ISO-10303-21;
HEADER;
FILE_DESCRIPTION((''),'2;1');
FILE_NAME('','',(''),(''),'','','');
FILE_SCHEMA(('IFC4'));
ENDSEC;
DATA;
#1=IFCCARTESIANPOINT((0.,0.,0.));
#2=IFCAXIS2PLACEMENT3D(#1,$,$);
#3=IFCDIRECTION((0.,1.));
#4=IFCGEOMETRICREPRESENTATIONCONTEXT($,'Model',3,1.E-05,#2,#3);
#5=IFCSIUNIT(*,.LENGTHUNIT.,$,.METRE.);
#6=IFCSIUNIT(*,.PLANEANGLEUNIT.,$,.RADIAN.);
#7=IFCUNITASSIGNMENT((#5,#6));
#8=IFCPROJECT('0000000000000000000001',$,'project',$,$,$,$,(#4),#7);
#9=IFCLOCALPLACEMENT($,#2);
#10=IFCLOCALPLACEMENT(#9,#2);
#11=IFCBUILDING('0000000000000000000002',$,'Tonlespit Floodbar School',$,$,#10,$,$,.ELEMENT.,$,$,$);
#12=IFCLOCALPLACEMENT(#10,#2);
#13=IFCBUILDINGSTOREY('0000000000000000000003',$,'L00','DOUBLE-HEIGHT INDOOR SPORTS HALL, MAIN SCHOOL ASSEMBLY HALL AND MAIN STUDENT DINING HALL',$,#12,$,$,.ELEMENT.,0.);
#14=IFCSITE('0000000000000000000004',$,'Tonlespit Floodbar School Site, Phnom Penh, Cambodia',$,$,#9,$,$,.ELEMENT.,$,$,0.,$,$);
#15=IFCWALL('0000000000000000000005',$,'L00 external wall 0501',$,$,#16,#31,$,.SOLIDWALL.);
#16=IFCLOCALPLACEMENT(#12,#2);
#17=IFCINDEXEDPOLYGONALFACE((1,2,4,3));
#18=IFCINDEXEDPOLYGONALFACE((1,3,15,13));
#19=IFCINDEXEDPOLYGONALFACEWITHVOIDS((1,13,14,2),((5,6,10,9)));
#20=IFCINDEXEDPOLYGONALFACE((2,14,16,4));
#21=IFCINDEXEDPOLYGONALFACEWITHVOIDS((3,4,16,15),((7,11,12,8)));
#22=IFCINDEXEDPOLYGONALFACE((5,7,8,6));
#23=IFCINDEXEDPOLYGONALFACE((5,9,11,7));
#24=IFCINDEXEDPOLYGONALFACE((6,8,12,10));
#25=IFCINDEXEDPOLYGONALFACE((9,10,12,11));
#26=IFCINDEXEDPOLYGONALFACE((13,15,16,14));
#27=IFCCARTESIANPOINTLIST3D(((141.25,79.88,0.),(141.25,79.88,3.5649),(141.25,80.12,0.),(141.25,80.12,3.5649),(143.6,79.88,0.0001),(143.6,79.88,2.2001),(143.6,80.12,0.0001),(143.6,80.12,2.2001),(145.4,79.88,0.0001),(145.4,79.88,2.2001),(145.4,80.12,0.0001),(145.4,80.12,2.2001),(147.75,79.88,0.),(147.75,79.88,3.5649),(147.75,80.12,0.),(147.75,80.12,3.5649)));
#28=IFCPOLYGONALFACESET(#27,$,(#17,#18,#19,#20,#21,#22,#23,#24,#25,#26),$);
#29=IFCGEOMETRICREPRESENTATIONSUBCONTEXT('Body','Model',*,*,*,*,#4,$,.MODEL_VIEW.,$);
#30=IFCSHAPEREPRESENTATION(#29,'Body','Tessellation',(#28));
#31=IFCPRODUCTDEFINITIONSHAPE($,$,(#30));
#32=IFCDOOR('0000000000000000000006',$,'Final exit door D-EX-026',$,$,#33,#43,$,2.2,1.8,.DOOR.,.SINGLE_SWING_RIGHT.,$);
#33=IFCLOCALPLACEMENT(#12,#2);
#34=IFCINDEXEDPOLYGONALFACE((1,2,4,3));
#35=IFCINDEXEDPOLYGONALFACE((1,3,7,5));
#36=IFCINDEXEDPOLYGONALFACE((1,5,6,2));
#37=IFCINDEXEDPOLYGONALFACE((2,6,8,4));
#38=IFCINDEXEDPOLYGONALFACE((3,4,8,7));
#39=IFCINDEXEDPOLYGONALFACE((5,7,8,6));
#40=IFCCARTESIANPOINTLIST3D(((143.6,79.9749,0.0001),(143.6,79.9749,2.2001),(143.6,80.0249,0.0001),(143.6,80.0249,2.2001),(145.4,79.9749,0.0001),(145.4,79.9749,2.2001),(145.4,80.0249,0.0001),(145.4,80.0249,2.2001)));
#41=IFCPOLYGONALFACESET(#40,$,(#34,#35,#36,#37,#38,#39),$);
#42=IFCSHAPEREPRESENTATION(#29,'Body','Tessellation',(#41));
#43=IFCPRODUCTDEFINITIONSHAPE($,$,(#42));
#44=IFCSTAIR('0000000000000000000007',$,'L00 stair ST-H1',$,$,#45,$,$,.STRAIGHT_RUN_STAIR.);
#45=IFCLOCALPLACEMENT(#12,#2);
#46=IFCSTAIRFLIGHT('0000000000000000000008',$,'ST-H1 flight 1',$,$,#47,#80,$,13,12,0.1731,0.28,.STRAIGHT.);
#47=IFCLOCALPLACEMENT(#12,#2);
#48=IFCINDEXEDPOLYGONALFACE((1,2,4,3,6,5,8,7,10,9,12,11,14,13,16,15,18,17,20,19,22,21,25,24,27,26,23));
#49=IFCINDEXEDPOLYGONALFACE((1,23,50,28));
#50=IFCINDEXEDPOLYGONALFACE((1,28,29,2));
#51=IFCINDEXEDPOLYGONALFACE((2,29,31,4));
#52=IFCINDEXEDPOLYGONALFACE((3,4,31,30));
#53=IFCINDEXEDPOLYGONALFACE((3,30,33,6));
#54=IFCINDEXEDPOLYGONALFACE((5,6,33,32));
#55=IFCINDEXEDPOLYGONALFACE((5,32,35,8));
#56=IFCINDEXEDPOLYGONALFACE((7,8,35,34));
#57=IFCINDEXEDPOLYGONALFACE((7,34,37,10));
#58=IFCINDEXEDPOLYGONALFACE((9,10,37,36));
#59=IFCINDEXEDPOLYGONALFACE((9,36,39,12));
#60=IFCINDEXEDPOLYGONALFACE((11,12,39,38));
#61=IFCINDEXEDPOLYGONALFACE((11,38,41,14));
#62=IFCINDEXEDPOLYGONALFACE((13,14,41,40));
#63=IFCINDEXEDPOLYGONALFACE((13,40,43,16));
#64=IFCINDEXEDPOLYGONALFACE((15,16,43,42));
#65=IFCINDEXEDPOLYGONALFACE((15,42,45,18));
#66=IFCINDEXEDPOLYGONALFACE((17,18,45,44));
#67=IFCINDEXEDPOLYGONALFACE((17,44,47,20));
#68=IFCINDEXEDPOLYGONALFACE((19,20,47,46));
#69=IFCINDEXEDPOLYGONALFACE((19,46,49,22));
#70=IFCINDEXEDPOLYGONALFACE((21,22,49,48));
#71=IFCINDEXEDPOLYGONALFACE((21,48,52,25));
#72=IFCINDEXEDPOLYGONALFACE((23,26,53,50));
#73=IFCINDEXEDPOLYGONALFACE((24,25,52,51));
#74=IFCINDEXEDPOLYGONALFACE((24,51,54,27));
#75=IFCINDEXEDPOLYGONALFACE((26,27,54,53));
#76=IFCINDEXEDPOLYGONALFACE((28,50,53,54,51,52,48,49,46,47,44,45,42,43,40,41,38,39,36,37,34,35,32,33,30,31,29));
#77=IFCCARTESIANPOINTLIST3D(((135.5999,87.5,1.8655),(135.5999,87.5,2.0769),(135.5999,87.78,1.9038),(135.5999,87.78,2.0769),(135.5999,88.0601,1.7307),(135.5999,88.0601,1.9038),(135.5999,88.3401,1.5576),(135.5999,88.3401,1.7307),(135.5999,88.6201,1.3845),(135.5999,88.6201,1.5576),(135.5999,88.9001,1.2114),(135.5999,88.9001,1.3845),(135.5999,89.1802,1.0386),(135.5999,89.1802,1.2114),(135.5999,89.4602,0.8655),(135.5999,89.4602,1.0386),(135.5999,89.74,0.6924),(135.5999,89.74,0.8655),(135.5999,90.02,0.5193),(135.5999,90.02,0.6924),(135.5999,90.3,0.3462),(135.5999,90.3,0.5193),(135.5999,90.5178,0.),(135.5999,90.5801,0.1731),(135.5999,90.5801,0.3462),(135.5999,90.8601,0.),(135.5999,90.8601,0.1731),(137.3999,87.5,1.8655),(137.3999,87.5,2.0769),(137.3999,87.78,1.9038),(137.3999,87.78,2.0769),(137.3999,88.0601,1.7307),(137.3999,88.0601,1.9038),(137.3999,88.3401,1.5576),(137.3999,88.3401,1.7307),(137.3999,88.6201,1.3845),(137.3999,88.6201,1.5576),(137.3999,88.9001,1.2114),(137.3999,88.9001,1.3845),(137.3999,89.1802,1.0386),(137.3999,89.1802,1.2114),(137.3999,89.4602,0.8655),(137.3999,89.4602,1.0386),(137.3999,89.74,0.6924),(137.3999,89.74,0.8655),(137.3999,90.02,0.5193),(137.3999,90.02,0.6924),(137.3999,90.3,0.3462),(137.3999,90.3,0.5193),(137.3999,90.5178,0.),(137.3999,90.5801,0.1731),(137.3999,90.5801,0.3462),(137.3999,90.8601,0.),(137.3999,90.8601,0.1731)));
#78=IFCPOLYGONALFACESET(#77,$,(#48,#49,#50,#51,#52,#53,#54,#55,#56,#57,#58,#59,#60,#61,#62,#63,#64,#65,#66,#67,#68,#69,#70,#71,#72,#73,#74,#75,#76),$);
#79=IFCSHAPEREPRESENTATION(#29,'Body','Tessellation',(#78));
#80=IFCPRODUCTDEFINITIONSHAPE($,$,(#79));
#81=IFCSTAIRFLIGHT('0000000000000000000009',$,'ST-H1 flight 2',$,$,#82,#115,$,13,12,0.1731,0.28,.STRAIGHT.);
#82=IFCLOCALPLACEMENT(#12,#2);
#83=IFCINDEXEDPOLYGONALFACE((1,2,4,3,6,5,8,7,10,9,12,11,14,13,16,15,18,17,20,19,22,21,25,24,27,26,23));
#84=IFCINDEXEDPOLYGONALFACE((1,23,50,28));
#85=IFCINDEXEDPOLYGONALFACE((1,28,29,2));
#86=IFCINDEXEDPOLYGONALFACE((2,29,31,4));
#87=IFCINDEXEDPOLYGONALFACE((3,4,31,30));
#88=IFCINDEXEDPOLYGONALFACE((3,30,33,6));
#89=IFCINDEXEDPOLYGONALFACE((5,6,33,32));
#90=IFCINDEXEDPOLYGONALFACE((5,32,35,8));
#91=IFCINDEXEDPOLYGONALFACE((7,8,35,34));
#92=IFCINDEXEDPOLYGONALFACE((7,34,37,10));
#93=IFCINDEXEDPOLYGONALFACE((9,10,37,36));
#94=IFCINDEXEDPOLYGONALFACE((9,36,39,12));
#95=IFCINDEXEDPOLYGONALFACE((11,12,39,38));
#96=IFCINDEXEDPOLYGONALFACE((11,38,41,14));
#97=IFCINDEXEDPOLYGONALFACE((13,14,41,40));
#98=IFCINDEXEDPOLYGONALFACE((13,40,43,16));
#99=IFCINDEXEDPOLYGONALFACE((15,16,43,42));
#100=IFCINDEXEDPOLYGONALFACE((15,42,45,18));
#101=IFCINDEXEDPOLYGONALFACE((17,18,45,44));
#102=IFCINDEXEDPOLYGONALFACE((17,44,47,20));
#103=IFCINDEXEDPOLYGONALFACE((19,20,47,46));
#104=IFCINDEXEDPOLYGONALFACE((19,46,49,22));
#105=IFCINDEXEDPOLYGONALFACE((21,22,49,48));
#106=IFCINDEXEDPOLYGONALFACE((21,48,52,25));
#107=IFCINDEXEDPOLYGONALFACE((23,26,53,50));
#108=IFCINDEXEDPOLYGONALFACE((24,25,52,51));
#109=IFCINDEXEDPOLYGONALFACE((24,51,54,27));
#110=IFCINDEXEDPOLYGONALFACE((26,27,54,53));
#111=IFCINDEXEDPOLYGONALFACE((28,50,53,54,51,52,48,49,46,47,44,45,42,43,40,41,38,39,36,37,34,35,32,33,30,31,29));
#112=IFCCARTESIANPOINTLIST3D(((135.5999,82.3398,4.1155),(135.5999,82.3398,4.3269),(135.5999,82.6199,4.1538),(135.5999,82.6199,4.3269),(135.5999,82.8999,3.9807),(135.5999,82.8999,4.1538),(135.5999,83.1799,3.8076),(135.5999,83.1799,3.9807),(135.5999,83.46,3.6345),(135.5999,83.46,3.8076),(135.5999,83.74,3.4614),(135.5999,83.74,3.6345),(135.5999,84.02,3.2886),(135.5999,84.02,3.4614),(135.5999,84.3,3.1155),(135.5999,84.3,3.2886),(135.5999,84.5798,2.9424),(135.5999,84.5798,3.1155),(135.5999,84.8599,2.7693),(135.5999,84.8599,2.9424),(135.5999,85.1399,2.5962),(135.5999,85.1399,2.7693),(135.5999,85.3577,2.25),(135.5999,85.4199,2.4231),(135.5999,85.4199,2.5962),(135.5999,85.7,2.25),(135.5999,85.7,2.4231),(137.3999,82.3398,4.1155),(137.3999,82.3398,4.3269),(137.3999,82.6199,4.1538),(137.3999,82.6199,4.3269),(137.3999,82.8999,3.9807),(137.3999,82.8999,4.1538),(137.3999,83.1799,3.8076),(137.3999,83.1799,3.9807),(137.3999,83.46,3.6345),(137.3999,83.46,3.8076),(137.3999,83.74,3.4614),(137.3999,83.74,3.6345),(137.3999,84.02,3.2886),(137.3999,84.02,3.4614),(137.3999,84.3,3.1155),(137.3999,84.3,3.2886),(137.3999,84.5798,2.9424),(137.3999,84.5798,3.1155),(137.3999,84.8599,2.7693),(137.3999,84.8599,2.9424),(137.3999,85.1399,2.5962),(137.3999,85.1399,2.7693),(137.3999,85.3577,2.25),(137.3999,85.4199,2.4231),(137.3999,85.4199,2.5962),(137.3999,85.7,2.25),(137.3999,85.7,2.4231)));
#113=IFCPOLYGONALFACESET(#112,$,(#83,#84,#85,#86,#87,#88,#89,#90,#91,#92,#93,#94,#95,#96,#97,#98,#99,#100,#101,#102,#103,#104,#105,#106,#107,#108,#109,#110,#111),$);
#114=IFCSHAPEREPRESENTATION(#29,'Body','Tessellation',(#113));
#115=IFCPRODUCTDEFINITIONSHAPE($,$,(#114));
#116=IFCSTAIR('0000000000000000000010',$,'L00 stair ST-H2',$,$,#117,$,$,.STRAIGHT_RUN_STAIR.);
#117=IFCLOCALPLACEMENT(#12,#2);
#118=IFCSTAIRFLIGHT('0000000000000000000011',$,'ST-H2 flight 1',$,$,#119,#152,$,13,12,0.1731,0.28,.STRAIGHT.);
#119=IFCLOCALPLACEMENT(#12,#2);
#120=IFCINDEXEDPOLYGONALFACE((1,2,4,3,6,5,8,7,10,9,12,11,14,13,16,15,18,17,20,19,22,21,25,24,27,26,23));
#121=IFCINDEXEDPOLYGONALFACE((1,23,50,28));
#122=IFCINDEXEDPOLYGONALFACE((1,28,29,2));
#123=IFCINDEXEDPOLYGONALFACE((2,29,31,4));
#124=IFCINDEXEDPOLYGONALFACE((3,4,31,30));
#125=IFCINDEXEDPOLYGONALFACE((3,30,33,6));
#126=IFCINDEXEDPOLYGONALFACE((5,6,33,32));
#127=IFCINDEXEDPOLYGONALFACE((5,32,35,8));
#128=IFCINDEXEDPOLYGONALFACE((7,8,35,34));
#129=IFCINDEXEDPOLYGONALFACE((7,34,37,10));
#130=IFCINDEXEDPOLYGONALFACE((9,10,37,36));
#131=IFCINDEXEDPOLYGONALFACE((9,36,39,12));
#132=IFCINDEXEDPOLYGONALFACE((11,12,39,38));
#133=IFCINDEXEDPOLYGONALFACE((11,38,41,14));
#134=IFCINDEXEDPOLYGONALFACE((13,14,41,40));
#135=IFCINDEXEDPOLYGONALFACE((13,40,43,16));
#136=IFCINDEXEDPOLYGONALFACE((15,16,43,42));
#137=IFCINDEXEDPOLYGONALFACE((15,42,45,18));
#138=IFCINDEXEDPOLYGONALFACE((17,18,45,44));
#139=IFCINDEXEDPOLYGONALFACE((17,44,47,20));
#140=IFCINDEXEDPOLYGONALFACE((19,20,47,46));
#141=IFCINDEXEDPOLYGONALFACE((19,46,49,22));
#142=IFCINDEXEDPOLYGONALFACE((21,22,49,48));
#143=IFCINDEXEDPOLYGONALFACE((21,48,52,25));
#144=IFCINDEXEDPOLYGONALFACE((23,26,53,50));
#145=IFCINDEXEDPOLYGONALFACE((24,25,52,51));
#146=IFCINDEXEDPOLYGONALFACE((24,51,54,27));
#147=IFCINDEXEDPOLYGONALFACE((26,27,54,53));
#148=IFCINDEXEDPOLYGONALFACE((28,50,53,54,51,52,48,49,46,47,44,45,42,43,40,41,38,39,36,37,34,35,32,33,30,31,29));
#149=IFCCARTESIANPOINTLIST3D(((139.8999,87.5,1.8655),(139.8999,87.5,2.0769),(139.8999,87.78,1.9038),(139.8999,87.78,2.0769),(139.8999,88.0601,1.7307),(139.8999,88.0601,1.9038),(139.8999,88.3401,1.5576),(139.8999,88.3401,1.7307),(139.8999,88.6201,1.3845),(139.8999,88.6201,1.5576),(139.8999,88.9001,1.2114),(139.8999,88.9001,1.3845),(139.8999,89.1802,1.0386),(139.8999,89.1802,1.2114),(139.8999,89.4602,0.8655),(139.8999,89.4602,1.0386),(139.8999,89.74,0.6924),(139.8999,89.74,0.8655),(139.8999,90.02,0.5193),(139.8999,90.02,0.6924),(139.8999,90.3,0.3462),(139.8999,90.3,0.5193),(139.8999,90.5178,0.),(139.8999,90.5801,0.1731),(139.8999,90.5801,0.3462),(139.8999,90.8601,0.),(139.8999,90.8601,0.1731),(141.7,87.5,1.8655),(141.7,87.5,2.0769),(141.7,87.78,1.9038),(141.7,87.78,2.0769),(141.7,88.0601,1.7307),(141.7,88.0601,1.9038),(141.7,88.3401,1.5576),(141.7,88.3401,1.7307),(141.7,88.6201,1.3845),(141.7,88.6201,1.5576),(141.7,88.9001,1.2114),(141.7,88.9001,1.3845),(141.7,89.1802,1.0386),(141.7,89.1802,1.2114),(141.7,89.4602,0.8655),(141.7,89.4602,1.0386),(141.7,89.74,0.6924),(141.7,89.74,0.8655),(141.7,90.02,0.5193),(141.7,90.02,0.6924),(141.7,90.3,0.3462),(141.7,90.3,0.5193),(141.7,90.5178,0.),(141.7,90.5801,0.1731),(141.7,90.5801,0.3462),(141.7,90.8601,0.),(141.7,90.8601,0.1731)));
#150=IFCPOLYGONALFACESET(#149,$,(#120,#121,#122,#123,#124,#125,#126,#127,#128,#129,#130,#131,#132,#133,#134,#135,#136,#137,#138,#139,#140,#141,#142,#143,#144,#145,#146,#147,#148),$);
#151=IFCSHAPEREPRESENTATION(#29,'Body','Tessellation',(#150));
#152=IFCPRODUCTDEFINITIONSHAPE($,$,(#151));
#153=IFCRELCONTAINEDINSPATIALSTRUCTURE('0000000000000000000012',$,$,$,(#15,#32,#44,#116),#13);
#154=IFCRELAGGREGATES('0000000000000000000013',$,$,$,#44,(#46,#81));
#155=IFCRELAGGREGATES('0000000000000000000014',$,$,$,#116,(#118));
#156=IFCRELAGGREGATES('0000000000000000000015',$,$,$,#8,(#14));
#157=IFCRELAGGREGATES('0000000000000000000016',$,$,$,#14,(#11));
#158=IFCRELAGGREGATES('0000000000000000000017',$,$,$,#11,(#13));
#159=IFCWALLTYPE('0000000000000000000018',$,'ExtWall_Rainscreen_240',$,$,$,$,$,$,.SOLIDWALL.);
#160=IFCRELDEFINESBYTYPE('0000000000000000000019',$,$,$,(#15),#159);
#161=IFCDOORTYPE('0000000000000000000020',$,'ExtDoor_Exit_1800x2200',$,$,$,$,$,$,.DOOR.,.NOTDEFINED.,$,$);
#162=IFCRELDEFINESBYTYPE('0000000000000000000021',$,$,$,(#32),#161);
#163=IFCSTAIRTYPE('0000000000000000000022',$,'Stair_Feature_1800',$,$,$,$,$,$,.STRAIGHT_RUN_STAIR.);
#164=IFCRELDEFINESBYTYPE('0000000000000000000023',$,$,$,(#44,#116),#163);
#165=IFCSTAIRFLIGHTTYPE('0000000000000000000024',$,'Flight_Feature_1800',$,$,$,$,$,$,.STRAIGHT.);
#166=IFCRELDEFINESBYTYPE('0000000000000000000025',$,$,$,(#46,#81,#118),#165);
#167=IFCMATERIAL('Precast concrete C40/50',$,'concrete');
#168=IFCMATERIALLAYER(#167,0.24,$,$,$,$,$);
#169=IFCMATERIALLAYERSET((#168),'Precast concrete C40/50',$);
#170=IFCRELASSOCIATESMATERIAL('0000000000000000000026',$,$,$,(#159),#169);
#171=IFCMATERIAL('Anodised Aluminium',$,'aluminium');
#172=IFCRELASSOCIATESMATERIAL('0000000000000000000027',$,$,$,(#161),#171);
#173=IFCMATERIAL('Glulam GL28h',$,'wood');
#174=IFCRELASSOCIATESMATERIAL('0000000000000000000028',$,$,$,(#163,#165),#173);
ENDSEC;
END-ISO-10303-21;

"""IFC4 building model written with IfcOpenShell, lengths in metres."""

from ifc_helpers import new_model, si_unit, direction, frame, frame_2d, origin, place, context, subcontext, project, spatial, polyline, rectangle, outline, extrude, material, layer, layer_set, type_object, element, fill, aggregate, save


model = new_model("IFC4")

# Units and contexts
model_context = context("Model", 3, precision=1e-05, world=origin(), true_north=direction((0.0, 1.0)))
body_context = subcontext(model_context, "Body", "Model", "MODEL_VIEW")
ifc_project = project(units=[si_unit("LENGTHUNIT", "METRE"), si_unit("PLANEANGLEUNIT", "RADIAN")], contexts=[model_context])

# Site, building, storey
site_placement = place(None, origin())
site = spatial("IfcSite", under=ifc_project, at=site_placement, Name="Tonlespit Floodbar School Site, Phnom Penh, Cambodia", CompositionType="ELEMENT", RefElevation=0.0)
building_placement = place(site_placement, origin())
building = spatial("IfcBuilding", under=site, at=building_placement, Name="Tonlespit Floodbar School", CompositionType="ELEMENT")
storey_placement = place(building_placement, origin())
storey = spatial("IfcBuildingStorey", under=building, at=storey_placement, Name="L00", Description="DOUBLE-HEIGHT INDOOR SPORTS HALL, MAIN SCHOOL ASSEMBLY HALL AND MAIN STUDENT DINING HALL", CompositionType="ELEMENT", Elevation=0.0)

# Shared definitions
ifc_material_1 = material(Name="Anodised Aluminium", Category="aluminium")

# Wall, opening, door
ifc_material_2 = material(Name="Precast concrete C40/50", Category="concrete")
ifc_layer_1 = layer(ifc_material_2, 0.24)
ifc_layer_set_1 = layer_set([ifc_layer_1], Name="Precast concrete C40/50")
wall_type = type_object("IfcWallType", Name="ExtWall_Rainscreen_240", PredefinedType="SOLIDWALL", material=ifc_layer_set_1)
wall_placement = place(storey_placement, frame((141.25, 80.0, 0.0), z_axis=(0.0, 0.0, 1.0), x_axis=(1.0, 0.0, 0.0)))
wall = element("IfcWall", 1, at=wall_placement, inside=storey, type_object=wall_type, Name="L00 external wall 0501", PredefinedType="SOLIDWALL", context=body_context, shape_type="SweptSolid", body=[
    extrude(rectangle(XDim=6.5, YDim=0.24, at=frame_2d((3.25, 0.0))), origin(), (0.0, 0.0, 1.0), 3.5649),
])
opening_placement = place(wall_placement, frame((2.3501, 0.0, 0.0)))
opening = element("IfcOpeningElement", 2, at=opening_placement, cuts=wall, PredefinedType="OPENING", context=body_context, shape_type="SweptSolid", body=[
    extrude(rectangle(XDim=1.8, YDim=2.2, at=frame_2d((0.8999, 1.1001))), frame((0.0, 0.1299, 0.0), z_axis=(0.0, -1.0, 0.0), x_axis=(1.0, 0.0, 0.0)), (0.0, 0.0, 1.0), 0.26),
])
door_type = type_object("IfcDoorType", Name="ExtDoor_Exit_1800x2200", OperationType="NOTDEFINED", PredefinedType="DOOR", material=ifc_material_1)
door_placement = place(opening_placement, origin())
door = element("IfcDoor", 3, at=door_placement, inside=storey, type_object=door_type, Name="Final exit door D-EX-026", OperationType="SINGLE_SWING_RIGHT", OverallHeight=2.2, OverallWidth=1.8, PredefinedType="DOOR", context=body_context, shape_type="SweptSolid", body=[
    extrude(rectangle(XDim=1.8, YDim=2.2, at=frame_2d((0.8999, 1.1001))), frame((0.0, 0.0249, 0.0), z_axis=(0.0, -1.0, 0.0), x_axis=(1.0, 0.0, 0.0)), (0.0, 0.0, 1.0), 0.05),
])
fill(opening, door)

# Stairs, stair flights
ifc_material_3 = material(Name="Glulam GL28h", Category="wood")
stair_type = type_object("IfcStairType", Name="Stair_Feature_1800", PredefinedType="STRAIGHT_RUN_STAIR", material=ifc_material_3)
stair_1_placement = place(storey_placement, origin())
stair_1 = element("IfcStair", 4, at=stair_1_placement, inside=storey, type_object=stair_type, Name="L00 stair ST-H1", PredefinedType="STRAIGHT_RUN_STAIR")
stair_flight_type = type_object("IfcStairFlightType", Name="Flight_Feature_1800", PredefinedType="STRAIGHT", material=ifc_material_3)
stair_flight_1_placement = place(storey_placement, frame((136.5, 90.8601, 0.0), z_axis=(0.0, 0.0, 1.0), x_axis=(0.0, -1.0, 0.0)))
stair_flight_1 = element("IfcStairFlight", 5, at=stair_flight_1_placement, type_object=stair_flight_type, Name="ST-H1 flight 1", NumberOfRisers=13, NumberOfTreads=12, PredefinedType="STRAIGHT", RiserHeight=0.1731, TreadLength=0.28, context=body_context, shape_type="SweptSolid", body=[
    extrude(outline(polyline([(0.0, 0.0), (0.0, 0.1731), (0.28, 0.1731), (0.28, 0.3462), (0.5601, 0.3462), (0.5601, 0.5193), (0.8401, 0.5193), (0.8401, 0.6924), (1.1201, 0.6924), (1.1201, 0.8655), (1.3999, 0.8655), (1.3999, 1.0386), (1.6799, 1.0386), (1.6799, 1.2114), (1.96, 1.2114), (1.96, 1.3845), (2.24, 1.3845), (2.24, 1.5576), (2.52, 1.5576), (2.52, 1.7307), (2.8, 1.7307), (2.8, 1.9038), (3.0801, 1.9038), (3.0801, 2.0769), (3.3601, 2.0769), (3.3601, 2.25), (3.3601, 1.8655), (0.3423, 0.0), (0.0, 0.0)])), frame((0.0, 0.8999, 0.0), z_axis=(0.0, -1.0, 0.0), x_axis=(1.0, 0.0, 0.0)), (0.0, 0.0, 1.0), 1.8),
])
stair_flight_2_placement = place(storey_placement, frame((136.5, 85.7, 2.25), z_axis=(0.0, 0.0, 1.0), x_axis=(0.0, -1.0, 0.0)))
stair_flight_2 = element("IfcStairFlight", 6, at=stair_flight_2_placement, type_object=stair_flight_type, Name="ST-H1 flight 2", NumberOfRisers=13, NumberOfTreads=12, PredefinedType="STRAIGHT", RiserHeight=0.1731, TreadLength=0.28, context=body_context, shape_type="SweptSolid", body=[
    extrude(outline(polyline([(0.0, 0.0), (0.0, 0.1731), (0.28, 0.1731), (0.28, 0.3462), (0.5601, 0.3462), (0.5601, 0.5193), (0.8401, 0.5193), (0.8401, 0.6924), (1.1201, 0.6924), (1.1201, 0.8655), (1.3999, 0.8655), (1.3999, 1.0386), (1.6799, 1.0386), (1.6799, 1.2114), (1.96, 1.2114), (1.96, 1.3845), (2.24, 1.3845), (2.24, 1.5576), (2.52, 1.5576), (2.52, 1.7307), (2.8, 1.7307), (2.8, 1.9038), (3.0801, 1.9038), (3.0801, 2.0769), (3.3601, 2.0769), (3.3601, 2.25), (3.3601, 1.8655), (0.3423, 0.0), (0.0, 0.0)])), frame((0.0, 0.8999, 0.0), z_axis=(0.0, -1.0, 0.0), x_axis=(1.0, 0.0, 0.0)), (0.0, 0.0, 1.0), 1.8),
])
aggregate(stair_1, [stair_flight_1, stair_flight_2])
stair_2_placement = place(storey_placement, origin())
stair_2 = element("IfcStair", 7, at=stair_2_placement, inside=storey, type_object=stair_type, Name="L00 stair ST-H2", PredefinedType="STRAIGHT_RUN_STAIR")
stair_flight_3_placement = place(storey_placement, frame((140.8, 90.8601, 0.0), z_axis=(0.0, 0.0, 1.0), x_axis=(0.0, -1.0, 0.0)))
stair_flight_3 = element("IfcStairFlight", 8, at=stair_flight_3_placement, type_object=stair_flight_type, Name="ST-H2 flight 1", NumberOfRisers=13, NumberOfTreads=12, PredefinedType="STRAIGHT", RiserHeight=0.1731, TreadLength=0.28, context=body_context, shape_type="SweptSolid", body=[
    extrude(outline(polyline([(0.0, 0.0), (0.0, 0.1731), (0.28, 0.1731), (0.28, 0.3462), (0.5601, 0.3462), (0.5601, 0.5193), (0.8401, 0.5193), (0.8401, 0.6924), (1.1201, 0.6924), (1.1201, 0.8655), (1.3999, 0.8655), (1.3999, 1.0386), (1.6799, 1.0386), (1.6799, 1.2114), (1.96, 1.2114), (1.96, 1.3845), (2.24, 1.3845), (2.24, 1.5576), (2.52, 1.5576), (2.52, 1.7307), (2.8, 1.7307), (2.8, 1.9038), (3.0801, 1.9038), (3.0801, 2.0769), (3.3601, 2.0769), (3.3601, 2.25), (3.3601, 1.8655), (0.3423, 0.0), (0.0, 0.0)])), frame((0.0, 0.8999, 0.0), z_axis=(0.0, -1.0, 0.0), x_axis=(1.0, 0.0, 0.0)), (0.0, 0.0, 1.0), 1.8),
])
aggregate(stair_2, [stair_flight_3])

save(model, "model.ifc")
